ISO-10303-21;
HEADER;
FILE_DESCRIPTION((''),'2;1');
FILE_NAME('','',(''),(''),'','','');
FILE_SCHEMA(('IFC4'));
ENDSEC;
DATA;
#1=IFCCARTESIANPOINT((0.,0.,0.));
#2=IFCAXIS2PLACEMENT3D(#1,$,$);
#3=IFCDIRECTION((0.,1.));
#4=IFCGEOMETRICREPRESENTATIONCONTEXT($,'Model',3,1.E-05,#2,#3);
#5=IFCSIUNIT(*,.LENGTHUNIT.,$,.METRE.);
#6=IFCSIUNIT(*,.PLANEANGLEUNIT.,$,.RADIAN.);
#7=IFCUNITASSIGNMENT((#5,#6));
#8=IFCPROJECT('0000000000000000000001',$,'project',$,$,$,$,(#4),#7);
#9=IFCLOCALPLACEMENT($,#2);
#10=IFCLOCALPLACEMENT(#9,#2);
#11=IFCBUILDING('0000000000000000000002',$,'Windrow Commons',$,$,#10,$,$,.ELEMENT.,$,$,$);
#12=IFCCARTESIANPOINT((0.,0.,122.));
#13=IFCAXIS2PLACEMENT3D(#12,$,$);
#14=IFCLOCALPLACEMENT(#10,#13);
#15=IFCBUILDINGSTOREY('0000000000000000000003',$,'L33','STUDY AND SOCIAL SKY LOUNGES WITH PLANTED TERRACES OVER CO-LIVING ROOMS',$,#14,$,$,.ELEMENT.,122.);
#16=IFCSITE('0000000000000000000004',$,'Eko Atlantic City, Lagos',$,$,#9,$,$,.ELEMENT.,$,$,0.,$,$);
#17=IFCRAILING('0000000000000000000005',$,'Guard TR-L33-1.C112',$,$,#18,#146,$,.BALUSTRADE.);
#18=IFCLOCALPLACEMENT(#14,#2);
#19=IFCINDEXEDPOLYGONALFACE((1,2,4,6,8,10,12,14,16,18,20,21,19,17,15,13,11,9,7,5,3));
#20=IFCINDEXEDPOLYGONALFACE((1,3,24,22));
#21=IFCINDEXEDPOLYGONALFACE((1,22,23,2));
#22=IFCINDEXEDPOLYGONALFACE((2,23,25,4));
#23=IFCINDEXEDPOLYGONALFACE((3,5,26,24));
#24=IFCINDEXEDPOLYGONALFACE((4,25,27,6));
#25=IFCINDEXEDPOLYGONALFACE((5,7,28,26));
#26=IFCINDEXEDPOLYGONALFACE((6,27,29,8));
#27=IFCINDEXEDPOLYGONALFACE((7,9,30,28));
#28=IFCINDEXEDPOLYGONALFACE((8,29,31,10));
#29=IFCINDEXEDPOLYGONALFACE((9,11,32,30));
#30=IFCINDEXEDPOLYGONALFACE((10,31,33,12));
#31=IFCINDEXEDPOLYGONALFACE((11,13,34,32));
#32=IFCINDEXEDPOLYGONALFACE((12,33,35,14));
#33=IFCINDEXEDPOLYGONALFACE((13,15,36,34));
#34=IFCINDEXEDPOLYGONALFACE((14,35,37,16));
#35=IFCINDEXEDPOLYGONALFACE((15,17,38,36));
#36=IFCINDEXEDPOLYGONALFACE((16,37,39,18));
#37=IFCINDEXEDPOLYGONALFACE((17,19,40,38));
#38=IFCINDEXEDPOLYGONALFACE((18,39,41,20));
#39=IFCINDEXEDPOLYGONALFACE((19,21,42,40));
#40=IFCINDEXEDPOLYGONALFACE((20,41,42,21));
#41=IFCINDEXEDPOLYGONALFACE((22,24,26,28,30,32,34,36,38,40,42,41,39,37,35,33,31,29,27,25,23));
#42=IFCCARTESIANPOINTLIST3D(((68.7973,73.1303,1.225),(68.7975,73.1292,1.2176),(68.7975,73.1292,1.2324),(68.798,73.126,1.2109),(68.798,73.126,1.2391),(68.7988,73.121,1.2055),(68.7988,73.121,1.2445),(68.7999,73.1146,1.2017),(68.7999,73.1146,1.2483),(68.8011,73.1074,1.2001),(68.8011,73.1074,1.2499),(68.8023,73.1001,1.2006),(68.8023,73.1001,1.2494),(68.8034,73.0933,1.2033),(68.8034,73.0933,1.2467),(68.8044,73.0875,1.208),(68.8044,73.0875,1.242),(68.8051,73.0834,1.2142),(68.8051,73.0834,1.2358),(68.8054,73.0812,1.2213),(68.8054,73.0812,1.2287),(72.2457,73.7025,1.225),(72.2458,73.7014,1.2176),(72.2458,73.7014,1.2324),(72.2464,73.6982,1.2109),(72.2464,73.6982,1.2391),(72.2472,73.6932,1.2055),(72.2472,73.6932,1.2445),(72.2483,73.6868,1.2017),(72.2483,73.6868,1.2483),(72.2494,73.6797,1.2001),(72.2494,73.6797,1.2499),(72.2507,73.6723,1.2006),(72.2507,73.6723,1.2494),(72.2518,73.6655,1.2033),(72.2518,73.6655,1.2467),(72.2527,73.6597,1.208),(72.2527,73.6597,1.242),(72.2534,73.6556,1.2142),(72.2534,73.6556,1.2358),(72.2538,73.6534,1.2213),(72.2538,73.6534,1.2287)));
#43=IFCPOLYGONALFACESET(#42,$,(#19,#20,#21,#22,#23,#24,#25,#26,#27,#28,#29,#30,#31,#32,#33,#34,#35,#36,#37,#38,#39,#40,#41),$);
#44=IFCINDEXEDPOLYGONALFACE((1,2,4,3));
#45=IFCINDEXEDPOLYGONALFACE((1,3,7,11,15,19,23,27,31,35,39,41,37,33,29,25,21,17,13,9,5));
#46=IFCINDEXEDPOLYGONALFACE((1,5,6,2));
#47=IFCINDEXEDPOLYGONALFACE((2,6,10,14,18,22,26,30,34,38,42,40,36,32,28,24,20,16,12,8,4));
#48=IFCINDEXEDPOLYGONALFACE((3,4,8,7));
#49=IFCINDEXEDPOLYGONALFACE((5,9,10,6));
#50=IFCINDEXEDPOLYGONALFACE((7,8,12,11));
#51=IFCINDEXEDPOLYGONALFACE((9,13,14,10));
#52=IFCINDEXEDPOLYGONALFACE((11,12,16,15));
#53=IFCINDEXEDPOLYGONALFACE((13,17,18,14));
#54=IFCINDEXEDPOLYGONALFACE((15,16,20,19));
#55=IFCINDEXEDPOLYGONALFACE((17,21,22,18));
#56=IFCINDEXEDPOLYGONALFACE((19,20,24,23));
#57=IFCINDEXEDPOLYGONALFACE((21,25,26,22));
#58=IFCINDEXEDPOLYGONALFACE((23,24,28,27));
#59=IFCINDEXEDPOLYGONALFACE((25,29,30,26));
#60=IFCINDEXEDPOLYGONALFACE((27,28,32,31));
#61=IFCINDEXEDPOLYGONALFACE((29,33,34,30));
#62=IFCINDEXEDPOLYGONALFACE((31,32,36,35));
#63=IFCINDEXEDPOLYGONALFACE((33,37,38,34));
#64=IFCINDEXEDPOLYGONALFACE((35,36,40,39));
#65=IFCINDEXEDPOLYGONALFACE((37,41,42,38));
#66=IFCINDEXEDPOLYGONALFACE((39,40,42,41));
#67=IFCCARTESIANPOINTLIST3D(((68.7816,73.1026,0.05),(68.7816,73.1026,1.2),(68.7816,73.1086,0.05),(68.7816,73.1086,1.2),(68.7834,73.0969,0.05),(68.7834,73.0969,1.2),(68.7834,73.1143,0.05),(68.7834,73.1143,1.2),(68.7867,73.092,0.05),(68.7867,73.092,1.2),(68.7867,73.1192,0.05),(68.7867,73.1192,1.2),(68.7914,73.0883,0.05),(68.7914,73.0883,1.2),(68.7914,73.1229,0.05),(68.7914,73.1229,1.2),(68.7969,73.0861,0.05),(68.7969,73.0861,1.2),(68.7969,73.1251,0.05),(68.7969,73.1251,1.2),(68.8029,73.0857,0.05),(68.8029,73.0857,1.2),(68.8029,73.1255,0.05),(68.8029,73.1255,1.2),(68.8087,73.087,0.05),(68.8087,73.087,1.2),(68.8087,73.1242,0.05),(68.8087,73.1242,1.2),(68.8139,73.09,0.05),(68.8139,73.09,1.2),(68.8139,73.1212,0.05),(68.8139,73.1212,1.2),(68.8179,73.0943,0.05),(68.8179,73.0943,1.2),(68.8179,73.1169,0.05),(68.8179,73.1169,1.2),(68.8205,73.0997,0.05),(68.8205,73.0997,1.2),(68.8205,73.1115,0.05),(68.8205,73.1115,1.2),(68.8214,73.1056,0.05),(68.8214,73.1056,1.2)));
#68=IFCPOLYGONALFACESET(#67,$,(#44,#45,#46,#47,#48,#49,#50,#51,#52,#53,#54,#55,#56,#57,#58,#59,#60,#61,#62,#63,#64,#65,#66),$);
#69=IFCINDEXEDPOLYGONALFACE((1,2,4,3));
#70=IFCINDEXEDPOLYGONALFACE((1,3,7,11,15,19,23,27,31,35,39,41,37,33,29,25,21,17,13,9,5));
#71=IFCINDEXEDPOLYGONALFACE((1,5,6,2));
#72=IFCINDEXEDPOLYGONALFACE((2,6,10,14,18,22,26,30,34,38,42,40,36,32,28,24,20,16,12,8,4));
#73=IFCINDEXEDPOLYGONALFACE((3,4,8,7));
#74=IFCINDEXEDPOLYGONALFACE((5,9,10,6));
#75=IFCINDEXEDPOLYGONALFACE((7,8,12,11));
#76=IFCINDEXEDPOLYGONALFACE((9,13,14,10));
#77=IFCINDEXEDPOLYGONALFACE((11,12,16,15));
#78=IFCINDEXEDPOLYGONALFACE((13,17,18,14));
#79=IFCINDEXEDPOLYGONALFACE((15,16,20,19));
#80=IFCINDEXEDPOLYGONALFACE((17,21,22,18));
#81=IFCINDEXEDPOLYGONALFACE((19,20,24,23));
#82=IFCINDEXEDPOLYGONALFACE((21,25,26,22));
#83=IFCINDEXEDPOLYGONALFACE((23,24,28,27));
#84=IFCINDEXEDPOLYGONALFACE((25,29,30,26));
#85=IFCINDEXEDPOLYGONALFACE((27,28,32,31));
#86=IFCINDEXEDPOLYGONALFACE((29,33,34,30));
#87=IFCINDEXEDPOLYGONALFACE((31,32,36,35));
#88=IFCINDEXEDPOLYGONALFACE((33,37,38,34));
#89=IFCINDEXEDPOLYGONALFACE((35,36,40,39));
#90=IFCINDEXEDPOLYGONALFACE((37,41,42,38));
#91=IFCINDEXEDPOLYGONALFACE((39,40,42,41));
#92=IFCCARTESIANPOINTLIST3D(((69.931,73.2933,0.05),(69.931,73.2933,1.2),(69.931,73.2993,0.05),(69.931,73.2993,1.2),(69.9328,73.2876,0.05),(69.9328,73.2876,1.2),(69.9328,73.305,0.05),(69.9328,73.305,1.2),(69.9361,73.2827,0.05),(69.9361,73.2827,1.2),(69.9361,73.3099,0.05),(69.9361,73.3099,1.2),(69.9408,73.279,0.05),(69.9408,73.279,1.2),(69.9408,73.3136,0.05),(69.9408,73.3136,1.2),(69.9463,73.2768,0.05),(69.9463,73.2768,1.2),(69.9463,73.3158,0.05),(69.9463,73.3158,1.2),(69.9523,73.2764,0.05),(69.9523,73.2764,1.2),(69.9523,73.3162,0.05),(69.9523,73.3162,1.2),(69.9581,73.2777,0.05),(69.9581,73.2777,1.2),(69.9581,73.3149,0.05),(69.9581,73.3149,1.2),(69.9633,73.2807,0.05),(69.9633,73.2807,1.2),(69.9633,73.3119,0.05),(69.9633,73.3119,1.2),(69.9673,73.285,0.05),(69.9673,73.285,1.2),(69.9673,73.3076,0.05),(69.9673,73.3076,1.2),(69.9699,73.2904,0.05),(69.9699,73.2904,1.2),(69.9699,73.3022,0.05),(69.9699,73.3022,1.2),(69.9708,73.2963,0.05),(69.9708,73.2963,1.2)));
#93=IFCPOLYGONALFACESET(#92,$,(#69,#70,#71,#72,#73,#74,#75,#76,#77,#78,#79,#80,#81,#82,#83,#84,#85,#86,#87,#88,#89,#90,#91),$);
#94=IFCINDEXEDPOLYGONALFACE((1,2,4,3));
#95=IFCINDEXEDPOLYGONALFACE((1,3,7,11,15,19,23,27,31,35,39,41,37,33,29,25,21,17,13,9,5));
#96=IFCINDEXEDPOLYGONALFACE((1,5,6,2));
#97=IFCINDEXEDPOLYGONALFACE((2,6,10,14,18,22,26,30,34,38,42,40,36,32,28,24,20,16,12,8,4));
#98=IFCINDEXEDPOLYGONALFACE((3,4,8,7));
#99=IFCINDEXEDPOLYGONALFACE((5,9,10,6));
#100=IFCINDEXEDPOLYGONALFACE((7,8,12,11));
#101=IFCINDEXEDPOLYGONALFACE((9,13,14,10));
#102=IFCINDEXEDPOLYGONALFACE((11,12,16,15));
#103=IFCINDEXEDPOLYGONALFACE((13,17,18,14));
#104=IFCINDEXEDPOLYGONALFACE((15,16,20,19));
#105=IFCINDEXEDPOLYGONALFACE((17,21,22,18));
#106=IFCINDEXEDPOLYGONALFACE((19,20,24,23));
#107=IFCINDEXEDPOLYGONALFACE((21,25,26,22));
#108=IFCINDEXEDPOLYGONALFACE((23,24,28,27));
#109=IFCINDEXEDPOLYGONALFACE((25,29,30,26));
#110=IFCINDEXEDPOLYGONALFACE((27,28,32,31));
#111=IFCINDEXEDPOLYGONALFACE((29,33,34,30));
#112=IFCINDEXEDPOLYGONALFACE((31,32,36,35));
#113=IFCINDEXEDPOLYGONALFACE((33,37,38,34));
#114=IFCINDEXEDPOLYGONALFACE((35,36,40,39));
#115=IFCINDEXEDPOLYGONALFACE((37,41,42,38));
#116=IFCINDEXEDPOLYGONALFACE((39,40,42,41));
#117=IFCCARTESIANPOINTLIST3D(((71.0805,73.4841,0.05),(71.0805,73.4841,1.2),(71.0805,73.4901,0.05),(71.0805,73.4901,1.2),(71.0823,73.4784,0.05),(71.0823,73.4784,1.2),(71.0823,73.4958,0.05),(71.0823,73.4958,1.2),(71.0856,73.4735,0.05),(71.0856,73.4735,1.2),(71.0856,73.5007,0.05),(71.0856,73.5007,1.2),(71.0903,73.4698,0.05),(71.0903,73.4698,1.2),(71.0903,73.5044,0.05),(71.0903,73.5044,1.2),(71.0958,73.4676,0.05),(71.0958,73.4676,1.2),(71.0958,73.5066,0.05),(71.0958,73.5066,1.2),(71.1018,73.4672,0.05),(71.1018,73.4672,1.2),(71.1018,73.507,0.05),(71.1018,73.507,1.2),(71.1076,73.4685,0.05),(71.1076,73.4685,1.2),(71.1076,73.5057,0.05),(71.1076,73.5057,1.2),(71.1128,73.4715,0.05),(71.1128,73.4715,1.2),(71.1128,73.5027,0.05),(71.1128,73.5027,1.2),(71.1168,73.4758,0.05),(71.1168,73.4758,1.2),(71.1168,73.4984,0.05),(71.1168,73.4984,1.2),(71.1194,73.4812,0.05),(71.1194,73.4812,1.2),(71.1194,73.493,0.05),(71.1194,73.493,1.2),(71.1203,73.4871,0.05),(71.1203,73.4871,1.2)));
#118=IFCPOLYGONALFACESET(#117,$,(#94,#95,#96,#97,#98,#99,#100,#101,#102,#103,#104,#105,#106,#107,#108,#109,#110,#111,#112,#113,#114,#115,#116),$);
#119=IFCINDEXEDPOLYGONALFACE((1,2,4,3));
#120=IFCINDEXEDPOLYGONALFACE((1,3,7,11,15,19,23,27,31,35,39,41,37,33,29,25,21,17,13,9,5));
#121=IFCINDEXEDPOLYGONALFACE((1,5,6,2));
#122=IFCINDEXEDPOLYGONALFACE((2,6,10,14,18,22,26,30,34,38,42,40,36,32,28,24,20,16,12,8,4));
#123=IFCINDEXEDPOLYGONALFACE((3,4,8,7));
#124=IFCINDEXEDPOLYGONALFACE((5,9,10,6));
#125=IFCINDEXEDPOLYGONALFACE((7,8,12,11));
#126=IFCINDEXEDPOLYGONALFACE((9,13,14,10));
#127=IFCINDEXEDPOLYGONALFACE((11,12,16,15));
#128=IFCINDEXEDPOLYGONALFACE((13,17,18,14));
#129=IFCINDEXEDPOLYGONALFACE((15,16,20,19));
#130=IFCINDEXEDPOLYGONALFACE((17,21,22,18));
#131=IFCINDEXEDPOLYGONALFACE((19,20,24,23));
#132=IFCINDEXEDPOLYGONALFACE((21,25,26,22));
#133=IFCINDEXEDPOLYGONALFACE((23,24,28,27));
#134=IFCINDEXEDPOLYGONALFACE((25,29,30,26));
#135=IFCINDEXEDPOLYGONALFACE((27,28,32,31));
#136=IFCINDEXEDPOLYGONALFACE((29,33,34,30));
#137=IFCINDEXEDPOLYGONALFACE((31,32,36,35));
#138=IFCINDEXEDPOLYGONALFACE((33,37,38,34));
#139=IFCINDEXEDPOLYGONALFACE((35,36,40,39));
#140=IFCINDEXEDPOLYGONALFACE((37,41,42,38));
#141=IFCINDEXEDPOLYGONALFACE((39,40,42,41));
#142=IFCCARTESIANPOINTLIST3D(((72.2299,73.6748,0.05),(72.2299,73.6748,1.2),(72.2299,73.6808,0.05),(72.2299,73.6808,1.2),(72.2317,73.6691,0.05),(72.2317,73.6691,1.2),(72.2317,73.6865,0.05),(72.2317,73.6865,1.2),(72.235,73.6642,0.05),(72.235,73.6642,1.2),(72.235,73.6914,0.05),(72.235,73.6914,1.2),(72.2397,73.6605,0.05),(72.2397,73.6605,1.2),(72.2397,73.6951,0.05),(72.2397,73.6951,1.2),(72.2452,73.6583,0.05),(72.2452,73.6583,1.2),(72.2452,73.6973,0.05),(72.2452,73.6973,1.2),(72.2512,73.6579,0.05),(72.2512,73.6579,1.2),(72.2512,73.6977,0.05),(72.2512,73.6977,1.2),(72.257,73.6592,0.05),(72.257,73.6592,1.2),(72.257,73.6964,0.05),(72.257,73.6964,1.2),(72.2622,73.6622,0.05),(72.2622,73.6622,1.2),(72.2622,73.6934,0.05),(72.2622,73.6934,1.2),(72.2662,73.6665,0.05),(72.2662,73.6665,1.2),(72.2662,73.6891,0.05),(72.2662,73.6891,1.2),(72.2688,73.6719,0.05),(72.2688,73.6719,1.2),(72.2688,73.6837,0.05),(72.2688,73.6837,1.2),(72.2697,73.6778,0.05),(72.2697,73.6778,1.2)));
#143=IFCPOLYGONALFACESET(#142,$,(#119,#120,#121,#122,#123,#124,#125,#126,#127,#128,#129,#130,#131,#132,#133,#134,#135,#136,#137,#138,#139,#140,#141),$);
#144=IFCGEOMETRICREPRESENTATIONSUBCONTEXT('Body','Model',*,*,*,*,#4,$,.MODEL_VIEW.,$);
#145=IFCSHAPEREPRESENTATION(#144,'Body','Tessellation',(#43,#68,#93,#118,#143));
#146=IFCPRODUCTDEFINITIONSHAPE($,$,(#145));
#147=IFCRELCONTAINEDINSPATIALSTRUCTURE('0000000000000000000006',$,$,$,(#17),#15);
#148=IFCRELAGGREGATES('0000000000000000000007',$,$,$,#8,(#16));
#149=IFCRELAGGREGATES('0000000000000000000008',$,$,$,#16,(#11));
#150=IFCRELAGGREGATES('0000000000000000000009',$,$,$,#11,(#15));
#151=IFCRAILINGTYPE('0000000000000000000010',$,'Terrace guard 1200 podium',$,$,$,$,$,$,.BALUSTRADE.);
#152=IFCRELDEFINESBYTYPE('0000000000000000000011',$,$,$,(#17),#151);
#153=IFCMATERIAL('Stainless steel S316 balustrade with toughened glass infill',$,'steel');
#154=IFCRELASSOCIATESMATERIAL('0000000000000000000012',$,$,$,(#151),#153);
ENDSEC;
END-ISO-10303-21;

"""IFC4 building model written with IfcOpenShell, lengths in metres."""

from ifc_helpers import new_model, si_unit, direction, frame, origin, origin_2d, place, context, subcontext, project, spatial, circle, extrude, material, type_object, element, save


model = new_model("IFC4")

# Units and contexts
model_context = context("Model", 3, precision=1e-05, world=origin(), true_north=direction((0.0, 1.0)))
body_context = subcontext(model_context, "Body", "Model", "MODEL_VIEW")
ifc_project = project(units=[si_unit("LENGTHUNIT", "METRE"), si_unit("PLANEANGLEUNIT", "RADIAN")], contexts=[model_context])

# Site, building, storey
site_placement = place(None, origin())
site = spatial("IfcSite", under=ifc_project, at=site_placement, Name="Eko Atlantic City, Lagos", CompositionType="ELEMENT", RefElevation=0.0)
building_placement = place(site_placement, origin())
building = spatial("IfcBuilding", under=site, at=building_placement, Name="Windrow Commons", CompositionType="ELEMENT")
storey_placement = place(building_placement, frame((0.0, 0.0, 122.0)))
storey = spatial("IfcBuildingStorey", under=building, at=storey_placement, Name="L33", Description="STUDY AND SOCIAL SKY LOUNGES WITH PLANTED TERRACES OVER CO-LIVING ROOMS", CompositionType="ELEMENT", Elevation=122.0)

# Railing
ifc_material_1 = material(Name="Stainless steel S316 balustrade with toughened glass infill", Category="steel")
railing_type_1 = type_object("IfcRailingType", Name="Terrace guard 1200 podium", PredefinedType="BALUSTRADE", material=ifc_material_1)
railing_1_placement = place(storey_placement, frame((68.8014, 73.1056, 0.05)))
element("IfcRailing", 1, at=railing_1_placement, inside=storey, type_object=railing_type_1, Name="Guard TR-L33-1.C112", PredefinedType="BALUSTRADE", context=body_context, shape_type="SweptSolid", body=[
    extrude(circle(Radius=0.025, at=origin_2d()), frame((0.0, 0.0, 1.175), z_axis=(0.98651, 0.163698, 0.0), x_axis=(-0.163698, 0.98651, 0.0)), (0.0, 0.0, 1.0), 3.4955),
    extrude(circle(Radius=0.02, at=origin_2d()), origin(), (0.0, 0.0, 1.0), 1.15),
    extrude(circle(Radius=0.02, at=origin_2d()), frame((1.1494, 0.1907, 0.0)), (0.0, 0.0, 1.0), 1.15),
    extrude(circle(Radius=0.02, at=origin_2d()), frame((2.2989, 0.3815, 0.0)), (0.0, 0.0, 1.0), 1.15),
    extrude(circle(Radius=0.02, at=origin_2d()), frame((3.4483, 0.5722, 0.0)), (0.0, 0.0, 1.0), 1.15),
])

save(model, "model.ifc")
